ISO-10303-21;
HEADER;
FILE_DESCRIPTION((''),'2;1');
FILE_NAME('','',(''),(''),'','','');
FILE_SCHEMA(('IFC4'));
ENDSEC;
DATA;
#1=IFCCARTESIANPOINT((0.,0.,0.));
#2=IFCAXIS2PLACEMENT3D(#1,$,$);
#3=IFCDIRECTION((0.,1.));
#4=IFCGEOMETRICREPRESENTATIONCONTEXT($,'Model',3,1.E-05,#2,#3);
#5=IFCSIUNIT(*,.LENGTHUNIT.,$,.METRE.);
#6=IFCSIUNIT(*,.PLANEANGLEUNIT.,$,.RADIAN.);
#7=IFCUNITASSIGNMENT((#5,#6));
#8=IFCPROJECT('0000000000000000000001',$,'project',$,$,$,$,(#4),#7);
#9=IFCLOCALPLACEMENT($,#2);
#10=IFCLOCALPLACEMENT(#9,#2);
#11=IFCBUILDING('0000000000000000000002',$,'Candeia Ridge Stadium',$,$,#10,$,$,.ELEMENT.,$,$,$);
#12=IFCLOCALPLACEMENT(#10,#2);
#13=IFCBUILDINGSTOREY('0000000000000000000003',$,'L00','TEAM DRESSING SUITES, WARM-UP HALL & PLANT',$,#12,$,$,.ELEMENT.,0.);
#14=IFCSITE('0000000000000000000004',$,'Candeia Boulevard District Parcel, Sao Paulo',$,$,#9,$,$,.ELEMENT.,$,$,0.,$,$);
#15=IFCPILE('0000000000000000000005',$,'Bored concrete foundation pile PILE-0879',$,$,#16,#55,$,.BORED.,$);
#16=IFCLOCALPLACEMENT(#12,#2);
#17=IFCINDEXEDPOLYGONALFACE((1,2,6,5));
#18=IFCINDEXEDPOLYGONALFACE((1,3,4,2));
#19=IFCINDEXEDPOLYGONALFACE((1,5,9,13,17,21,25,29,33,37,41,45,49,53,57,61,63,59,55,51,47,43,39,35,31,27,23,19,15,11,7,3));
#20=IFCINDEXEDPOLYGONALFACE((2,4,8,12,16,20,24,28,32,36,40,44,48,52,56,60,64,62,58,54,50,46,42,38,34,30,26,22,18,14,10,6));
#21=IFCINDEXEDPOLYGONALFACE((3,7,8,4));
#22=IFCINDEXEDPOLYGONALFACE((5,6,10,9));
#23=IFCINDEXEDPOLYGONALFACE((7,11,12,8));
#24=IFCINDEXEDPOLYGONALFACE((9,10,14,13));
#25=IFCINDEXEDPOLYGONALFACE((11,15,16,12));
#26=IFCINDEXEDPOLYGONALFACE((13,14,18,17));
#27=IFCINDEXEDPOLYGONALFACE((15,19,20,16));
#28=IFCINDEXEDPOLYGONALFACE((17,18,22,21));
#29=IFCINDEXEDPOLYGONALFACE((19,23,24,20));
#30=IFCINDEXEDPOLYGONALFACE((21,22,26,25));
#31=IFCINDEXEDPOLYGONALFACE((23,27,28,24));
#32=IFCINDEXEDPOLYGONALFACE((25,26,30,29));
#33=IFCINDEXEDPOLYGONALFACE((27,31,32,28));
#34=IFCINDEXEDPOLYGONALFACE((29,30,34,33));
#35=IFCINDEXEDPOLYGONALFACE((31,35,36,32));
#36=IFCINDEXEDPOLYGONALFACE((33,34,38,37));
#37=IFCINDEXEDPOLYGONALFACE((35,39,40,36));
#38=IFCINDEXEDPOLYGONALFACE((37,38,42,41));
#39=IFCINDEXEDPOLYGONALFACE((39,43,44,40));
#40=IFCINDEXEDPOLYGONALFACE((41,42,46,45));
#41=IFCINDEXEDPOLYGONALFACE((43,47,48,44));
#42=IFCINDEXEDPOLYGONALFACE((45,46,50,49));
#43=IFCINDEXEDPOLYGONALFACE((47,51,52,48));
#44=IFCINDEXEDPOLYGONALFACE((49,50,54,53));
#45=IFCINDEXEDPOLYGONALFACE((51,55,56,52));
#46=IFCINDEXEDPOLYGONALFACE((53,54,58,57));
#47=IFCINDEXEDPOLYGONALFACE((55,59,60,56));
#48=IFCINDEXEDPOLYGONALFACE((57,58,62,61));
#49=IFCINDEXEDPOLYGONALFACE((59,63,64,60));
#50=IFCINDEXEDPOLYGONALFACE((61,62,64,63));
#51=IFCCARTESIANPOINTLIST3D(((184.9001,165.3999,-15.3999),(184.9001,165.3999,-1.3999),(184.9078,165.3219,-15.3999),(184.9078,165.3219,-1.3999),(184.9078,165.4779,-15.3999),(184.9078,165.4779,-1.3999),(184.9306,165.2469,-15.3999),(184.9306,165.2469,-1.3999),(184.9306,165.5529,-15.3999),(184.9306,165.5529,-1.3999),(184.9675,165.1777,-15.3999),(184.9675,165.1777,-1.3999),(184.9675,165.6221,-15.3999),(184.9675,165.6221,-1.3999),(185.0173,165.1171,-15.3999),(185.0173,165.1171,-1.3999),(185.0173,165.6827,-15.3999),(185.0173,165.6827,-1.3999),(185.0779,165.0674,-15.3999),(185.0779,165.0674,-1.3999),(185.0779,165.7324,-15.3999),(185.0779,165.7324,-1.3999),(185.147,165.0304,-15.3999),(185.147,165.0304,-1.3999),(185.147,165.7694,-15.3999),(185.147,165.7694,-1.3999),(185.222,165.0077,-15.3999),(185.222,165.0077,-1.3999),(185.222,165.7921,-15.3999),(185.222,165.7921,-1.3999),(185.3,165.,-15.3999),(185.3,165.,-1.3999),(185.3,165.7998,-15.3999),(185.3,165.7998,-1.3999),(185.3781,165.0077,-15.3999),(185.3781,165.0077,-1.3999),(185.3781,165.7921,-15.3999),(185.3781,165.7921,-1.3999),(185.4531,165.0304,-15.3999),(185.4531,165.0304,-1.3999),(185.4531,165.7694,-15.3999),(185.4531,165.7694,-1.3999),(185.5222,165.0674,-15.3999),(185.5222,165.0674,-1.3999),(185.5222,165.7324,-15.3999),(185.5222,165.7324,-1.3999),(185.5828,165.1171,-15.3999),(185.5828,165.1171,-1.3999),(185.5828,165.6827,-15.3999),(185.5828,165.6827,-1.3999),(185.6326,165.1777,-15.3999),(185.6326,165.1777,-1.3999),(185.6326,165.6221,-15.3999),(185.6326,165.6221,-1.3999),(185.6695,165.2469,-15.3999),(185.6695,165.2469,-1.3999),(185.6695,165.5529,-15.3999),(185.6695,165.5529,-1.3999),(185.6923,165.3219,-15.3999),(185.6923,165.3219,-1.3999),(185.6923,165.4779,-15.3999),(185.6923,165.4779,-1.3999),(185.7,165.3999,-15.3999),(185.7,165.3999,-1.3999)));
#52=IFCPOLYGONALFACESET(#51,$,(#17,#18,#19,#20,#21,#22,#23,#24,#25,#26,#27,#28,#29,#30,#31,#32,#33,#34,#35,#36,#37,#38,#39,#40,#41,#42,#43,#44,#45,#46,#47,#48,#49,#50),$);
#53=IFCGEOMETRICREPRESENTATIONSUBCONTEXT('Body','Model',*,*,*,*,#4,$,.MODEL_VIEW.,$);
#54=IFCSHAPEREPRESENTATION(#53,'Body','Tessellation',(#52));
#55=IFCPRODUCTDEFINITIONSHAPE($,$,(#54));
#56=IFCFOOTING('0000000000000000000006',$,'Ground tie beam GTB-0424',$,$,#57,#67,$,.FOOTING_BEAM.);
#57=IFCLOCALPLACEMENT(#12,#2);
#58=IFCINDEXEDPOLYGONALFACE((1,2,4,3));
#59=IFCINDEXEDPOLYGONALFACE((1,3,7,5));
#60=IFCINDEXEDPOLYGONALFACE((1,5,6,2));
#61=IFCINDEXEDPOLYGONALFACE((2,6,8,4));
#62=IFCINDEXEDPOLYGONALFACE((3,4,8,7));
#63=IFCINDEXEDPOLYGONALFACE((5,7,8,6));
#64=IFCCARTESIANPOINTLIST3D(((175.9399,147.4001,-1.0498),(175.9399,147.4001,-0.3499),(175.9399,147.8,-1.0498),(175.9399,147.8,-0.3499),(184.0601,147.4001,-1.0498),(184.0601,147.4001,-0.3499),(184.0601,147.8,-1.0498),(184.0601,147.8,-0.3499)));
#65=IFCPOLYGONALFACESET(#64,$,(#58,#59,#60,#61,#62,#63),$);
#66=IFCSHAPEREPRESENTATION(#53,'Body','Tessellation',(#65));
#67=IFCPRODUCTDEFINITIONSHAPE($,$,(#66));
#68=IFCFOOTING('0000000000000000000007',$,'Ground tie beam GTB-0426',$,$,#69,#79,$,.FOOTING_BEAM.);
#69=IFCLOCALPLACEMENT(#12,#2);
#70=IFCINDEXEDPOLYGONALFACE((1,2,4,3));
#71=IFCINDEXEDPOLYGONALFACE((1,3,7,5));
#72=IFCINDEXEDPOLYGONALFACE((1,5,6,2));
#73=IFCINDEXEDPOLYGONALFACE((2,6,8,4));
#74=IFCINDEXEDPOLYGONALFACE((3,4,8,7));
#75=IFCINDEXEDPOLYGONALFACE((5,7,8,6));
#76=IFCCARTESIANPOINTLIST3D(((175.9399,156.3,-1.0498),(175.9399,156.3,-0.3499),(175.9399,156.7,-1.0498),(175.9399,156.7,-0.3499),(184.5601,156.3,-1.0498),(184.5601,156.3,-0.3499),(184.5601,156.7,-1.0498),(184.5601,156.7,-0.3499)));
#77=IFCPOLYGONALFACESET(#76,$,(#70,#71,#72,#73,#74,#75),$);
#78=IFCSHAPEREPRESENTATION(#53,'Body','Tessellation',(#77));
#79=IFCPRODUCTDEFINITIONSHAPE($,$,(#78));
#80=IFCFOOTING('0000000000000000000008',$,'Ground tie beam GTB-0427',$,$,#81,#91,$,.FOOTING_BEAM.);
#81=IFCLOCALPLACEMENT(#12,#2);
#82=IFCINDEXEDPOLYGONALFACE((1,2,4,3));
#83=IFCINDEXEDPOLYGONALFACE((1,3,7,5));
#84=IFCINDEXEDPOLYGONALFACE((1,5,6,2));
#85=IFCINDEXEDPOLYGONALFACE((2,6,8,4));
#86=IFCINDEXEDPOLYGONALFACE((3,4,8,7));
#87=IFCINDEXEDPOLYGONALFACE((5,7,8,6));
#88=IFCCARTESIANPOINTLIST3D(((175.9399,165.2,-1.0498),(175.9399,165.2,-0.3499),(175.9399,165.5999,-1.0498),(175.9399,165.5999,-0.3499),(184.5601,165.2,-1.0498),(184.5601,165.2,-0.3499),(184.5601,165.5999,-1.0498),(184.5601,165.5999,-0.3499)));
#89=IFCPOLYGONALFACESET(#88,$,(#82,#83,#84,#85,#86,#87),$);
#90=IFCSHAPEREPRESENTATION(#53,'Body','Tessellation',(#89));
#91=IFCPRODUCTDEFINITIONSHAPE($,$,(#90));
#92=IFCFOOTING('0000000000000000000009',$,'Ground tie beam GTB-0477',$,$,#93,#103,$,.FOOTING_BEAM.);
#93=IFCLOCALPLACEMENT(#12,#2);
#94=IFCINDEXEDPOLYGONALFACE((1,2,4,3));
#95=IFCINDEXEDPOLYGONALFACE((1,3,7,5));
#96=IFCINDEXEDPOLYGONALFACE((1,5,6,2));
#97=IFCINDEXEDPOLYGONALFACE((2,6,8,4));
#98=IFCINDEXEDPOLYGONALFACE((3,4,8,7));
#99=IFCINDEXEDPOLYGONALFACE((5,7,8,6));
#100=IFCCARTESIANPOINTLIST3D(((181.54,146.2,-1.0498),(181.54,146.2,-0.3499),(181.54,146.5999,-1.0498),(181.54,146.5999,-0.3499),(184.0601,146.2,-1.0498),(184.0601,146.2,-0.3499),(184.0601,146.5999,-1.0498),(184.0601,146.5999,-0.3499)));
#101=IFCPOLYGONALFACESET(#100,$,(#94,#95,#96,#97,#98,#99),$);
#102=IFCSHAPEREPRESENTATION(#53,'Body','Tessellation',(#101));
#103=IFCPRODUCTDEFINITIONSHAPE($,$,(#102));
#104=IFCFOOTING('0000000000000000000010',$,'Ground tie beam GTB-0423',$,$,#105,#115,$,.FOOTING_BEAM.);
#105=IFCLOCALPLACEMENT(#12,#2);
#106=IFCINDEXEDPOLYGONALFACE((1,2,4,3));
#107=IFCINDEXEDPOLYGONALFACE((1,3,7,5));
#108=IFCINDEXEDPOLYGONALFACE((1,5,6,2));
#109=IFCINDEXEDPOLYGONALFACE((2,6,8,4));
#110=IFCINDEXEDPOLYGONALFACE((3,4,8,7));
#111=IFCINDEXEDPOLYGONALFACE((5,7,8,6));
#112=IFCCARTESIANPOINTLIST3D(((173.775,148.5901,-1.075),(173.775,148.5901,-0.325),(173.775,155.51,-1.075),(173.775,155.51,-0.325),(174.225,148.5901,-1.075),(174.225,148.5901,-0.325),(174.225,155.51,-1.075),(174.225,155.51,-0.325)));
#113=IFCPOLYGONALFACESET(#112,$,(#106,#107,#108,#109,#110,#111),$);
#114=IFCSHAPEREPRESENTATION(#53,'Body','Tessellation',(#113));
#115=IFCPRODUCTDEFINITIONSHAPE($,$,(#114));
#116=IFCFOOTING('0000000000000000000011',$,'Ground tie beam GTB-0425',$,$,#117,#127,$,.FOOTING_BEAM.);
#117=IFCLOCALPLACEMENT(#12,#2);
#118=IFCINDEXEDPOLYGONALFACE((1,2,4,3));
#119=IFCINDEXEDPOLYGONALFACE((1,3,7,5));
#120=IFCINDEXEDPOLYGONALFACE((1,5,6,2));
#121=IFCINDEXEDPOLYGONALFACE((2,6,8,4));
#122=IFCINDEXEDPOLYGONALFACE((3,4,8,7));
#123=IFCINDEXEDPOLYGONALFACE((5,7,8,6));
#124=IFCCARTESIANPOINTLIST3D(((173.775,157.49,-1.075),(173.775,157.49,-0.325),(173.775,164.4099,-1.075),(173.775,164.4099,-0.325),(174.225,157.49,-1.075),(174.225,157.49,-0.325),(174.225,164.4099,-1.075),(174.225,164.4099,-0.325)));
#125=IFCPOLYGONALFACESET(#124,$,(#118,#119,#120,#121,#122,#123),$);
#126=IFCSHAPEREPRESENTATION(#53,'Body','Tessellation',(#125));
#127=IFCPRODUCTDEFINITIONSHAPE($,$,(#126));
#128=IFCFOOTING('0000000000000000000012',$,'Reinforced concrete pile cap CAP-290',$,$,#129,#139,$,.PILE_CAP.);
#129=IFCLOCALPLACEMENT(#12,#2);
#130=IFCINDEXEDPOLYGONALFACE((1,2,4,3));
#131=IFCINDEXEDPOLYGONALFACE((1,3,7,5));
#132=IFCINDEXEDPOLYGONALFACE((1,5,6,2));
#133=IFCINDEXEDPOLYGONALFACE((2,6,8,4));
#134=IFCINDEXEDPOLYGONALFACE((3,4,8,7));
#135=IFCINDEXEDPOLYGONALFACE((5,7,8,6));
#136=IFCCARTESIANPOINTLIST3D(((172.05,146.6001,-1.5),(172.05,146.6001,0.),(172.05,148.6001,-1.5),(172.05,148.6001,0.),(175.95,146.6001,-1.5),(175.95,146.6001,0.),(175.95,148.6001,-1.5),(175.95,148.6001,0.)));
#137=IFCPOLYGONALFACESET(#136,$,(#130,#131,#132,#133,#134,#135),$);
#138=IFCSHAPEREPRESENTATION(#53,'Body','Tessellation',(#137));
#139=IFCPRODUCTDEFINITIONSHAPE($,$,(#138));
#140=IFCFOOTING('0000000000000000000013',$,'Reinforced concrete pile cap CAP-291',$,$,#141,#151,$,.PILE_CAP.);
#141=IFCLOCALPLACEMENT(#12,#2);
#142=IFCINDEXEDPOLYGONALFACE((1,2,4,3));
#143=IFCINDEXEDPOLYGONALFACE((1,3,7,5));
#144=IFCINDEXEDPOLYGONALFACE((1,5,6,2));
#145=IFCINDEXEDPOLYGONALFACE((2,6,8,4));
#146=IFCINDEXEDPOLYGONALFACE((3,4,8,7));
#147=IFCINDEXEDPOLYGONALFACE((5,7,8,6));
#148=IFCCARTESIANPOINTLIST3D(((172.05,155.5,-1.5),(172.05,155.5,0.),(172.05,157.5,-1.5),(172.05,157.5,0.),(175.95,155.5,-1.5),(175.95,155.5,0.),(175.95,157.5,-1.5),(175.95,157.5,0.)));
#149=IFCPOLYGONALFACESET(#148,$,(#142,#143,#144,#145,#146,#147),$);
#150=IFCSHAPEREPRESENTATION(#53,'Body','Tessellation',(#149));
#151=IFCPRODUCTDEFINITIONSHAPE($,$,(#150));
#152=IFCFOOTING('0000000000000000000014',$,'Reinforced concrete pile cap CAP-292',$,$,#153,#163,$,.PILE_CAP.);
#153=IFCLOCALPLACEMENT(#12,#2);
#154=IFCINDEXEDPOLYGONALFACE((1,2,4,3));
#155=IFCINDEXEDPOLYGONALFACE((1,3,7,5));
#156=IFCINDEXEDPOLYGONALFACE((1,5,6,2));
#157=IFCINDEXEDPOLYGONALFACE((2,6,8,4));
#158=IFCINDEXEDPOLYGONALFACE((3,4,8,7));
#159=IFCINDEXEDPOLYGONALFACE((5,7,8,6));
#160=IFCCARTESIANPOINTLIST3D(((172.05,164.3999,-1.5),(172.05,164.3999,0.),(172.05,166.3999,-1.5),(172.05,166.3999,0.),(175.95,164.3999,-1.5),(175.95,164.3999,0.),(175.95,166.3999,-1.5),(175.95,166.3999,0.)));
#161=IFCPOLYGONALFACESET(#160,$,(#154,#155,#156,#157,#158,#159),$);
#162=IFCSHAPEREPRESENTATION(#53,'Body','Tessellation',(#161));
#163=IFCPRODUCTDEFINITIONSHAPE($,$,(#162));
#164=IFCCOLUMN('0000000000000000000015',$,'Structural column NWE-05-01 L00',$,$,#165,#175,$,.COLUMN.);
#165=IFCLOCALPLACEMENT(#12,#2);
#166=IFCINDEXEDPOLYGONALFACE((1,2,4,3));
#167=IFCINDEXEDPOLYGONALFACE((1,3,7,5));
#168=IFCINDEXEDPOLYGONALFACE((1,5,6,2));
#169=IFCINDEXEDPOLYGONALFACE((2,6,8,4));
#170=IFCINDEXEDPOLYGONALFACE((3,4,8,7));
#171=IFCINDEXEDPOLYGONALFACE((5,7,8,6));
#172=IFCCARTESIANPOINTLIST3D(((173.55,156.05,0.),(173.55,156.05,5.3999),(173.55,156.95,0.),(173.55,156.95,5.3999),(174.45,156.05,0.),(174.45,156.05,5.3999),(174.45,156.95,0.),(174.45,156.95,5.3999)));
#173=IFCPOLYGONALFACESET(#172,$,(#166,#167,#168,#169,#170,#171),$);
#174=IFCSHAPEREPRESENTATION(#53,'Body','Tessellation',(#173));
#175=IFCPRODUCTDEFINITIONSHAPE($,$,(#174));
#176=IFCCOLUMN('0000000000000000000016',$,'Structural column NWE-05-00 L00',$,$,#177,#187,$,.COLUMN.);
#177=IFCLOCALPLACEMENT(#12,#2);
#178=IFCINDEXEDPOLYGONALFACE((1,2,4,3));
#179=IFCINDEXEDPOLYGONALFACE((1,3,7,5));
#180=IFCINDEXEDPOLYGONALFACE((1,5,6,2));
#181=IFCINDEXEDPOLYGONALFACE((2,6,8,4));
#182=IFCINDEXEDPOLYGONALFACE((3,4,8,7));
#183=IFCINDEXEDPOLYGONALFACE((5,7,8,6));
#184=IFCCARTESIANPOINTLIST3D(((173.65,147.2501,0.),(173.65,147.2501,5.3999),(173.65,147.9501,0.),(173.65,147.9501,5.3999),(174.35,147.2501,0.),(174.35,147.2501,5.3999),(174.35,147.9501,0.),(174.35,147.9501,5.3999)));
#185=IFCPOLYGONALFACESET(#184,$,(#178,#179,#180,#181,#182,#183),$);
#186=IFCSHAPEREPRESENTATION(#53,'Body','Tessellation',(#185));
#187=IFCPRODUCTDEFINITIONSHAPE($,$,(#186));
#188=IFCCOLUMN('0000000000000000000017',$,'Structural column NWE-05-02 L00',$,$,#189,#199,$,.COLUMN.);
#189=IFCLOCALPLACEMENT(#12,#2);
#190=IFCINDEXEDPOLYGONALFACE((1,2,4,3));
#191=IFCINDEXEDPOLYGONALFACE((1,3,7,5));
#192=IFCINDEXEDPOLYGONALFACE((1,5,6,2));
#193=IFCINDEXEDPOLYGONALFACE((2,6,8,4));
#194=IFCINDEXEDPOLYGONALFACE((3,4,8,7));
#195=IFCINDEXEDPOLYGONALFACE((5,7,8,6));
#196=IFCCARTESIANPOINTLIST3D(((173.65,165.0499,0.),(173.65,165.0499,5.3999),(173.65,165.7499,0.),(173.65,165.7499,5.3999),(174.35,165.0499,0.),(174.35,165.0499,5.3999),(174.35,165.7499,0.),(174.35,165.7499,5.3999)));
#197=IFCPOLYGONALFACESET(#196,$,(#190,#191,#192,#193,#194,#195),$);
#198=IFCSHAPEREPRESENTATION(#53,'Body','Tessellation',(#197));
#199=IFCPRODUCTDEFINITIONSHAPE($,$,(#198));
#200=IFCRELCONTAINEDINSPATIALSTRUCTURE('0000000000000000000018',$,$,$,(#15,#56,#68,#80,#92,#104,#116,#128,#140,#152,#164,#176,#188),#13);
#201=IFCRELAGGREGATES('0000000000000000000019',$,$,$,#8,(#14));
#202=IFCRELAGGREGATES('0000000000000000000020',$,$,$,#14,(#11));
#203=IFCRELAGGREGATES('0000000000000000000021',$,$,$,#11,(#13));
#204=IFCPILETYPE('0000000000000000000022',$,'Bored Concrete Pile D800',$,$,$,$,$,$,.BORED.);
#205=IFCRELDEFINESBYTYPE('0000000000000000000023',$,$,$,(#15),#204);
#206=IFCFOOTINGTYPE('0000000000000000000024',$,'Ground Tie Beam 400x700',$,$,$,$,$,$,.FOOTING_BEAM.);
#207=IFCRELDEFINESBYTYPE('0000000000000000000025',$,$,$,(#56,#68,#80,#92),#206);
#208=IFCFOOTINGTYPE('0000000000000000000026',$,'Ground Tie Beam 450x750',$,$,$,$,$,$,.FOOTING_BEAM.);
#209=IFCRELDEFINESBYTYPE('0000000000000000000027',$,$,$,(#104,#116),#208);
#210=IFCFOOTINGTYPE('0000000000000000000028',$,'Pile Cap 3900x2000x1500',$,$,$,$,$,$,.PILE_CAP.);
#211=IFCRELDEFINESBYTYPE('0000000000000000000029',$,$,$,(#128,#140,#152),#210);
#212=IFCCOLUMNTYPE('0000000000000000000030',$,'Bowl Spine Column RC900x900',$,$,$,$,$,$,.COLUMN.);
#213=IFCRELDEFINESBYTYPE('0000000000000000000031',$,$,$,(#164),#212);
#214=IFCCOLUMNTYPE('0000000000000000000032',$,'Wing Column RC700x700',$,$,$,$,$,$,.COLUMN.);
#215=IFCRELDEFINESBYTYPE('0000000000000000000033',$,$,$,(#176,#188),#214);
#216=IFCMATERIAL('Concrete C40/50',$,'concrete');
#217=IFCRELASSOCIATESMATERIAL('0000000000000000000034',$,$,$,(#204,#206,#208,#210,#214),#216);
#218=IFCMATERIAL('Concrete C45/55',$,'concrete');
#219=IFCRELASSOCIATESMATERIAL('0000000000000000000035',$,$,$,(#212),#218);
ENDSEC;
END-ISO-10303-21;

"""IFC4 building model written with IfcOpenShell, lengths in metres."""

from ifc_helpers import new_model, si_unit, direction, frame, origin, origin_2d, place, context, subcontext, project, spatial, rectangle, circle, extrude, material, material_profile, profile_set, type_object, element, save


model = new_model("IFC4")

# Units and contexts
model_context = context("Model", 3, precision=1e-05, world=origin(), true_north=direction((0.0, 1.0)))
body_context = subcontext(model_context, "Body", "Model", "MODEL_VIEW")
ifc_project = project(units=[si_unit("LENGTHUNIT", "METRE"), si_unit("PLANEANGLEUNIT", "RADIAN")], contexts=[model_context])

# Site, building, storey
site_placement = place(None, origin())
site = spatial("IfcSite", under=ifc_project, at=site_placement, Name="Candeia Boulevard District Parcel, Sao Paulo", CompositionType="ELEMENT", RefElevation=0.0)
building_placement = place(site_placement, origin())
building = spatial("IfcBuilding", under=site, at=building_placement, Name="Candeia Ridge Stadium", CompositionType="ELEMENT")
storey_placement = place(building_placement, origin())
storey = spatial("IfcBuildingStorey", under=building, at=storey_placement, Name="L00", Description="TEAM DRESSING SUITES, WARM-UP HALL & PLANT", CompositionType="ELEMENT", Elevation=0.0)

# Pile
ifc_material_1 = material(Name="Concrete C40/50", Category="concrete")
ifc_material_profile_1 = material_profile(ifc_material_1, circle(Radius=0.3999, at=origin_2d()), Name="PILE-D800", Category="concrete")
ifc_profile_set_1 = profile_set([ifc_material_profile_1], Name="Concrete C40/50")
pile_type = type_object("IfcPileType", Name="Bored Concrete Pile D800", PredefinedType="BORED", material=ifc_profile_set_1)
for number, where, z_axis, x_axis, name in (
    (1, (185.3, 165.3999, -1.3999), (0.0, 0.0, -1.0), (1.0, 0.0, 0.0), "Bored concrete foundation pile PILE-0879"),
):
    element("IfcPile", number, at=place(storey_placement, frame(where, z_axis=z_axis, x_axis=x_axis)), inside=storey, type_object=pile_type, Name=name, PredefinedType="BORED", context=body_context, shape_type="SweptSolid", body=[
        extrude(circle(Radius=0.3999, at=origin_2d()), origin(), (0.0, 0.0, 1.0), 14.0),
    ])

# Footings
footing_type_1 = type_object("IfcFootingType", Name="Ground Tie Beam 400x700", PredefinedType="FOOTING_BEAM", material=ifc_material_1)
footing_1_placement = place(storey_placement, frame((180.0, 147.6001, -1.0498), z_axis=(0.0, 0.0, 1.0), x_axis=(1.0, 0.0, 0.0)))
element("IfcFooting", 2, at=footing_1_placement, inside=storey, type_object=footing_type_1, Name="Ground tie beam GTB-0424", PredefinedType="FOOTING_BEAM", context=body_context, shape_type="SweptSolid", body=[
    extrude(rectangle(XDim=8.1201, YDim=0.3999, at=origin_2d()), origin(), (0.0, 0.0, 1.0), 0.7),
])
for number, where, z_axis, x_axis, name in (
    (3, (180.25, 156.5, -1.0498), (0.0, 0.0, 1.0), (1.0, 0.0, 0.0), "Ground tie beam GTB-0426"),
    (4, (180.25, 165.3999, -1.0498), (0.0, 0.0, 1.0), (1.0, 0.0, 0.0), "Ground tie beam GTB-0427"),
):
    element("IfcFooting", number, at=place(storey_placement, frame(where, z_axis=z_axis, x_axis=x_axis)), inside=storey, type_object=footing_type_1, Name=name, PredefinedType="FOOTING_BEAM", context=body_context, shape_type="SweptSolid", body=[
        extrude(rectangle(XDim=8.6201, YDim=0.3999, at=origin_2d()), origin(), (0.0, 0.0, 1.0), 0.7),
    ])
footing_2_placement = place(storey_placement, frame((182.8, 146.3999, -1.0498), z_axis=(0.0, 0.0, 1.0), x_axis=(1.0, 0.0, 0.0)))
element("IfcFooting", 5, at=footing_2_placement, inside=storey, type_object=footing_type_1, Name="Ground tie beam GTB-0477", PredefinedType="FOOTING_BEAM", context=body_context, shape_type="SweptSolid", body=[
    extrude(rectangle(XDim=2.52, YDim=0.3999, at=origin_2d()), origin(), (0.0, 0.0, 1.0), 0.7),
])
footing_type_2 = type_object("IfcFootingType", Name="Ground Tie Beam 450x750", PredefinedType="FOOTING_BEAM", material=ifc_material_1)
for number, where, z_axis, x_axis, name in (
    (6, (174.0, 152.05, -1.075), (0.0, 0.0, 1.0), (0.0, 1.0, 0.0), "Ground tie beam GTB-0423"),
    (7, (174.0, 160.95, -1.075), (0.0, 0.0, 1.0), (0.0, 1.0, 0.0), "Ground tie beam GTB-0425"),
):
    element("IfcFooting", number, at=place(storey_placement, frame(where, z_axis=z_axis, x_axis=x_axis)), inside=storey, type_object=footing_type_2, Name=name, PredefinedType="FOOTING_BEAM", context=body_context, shape_type="SweptSolid", body=[
        extrude(rectangle(XDim=6.9199, YDim=0.45, at=origin_2d()), origin(), (0.0, 0.0, 1.0), 0.75),
    ])
footing_type_3 = type_object("IfcFootingType", Name="Pile Cap 3900x2000x1500", PredefinedType="PILE_CAP", material=ifc_material_1)
for number, where, z_axis, x_axis, name in (
    (8, (174.0, 147.6001, -1.5), (0.0, 0.0, 1.0), (1.0, 0.0, 0.0), "Reinforced concrete pile cap CAP-290"),
    (9, (174.0, 156.5, -1.5), (0.0, 0.0, 1.0), (1.0, 0.0, 0.0), "Reinforced concrete pile cap CAP-291"),
    (10, (174.0, 165.3999, -1.5), (0.0, 0.0, 1.0), (1.0, 0.0, 0.0), "Reinforced concrete pile cap CAP-292"),
):
    element("IfcFooting", number, at=place(storey_placement, frame(where, z_axis=z_axis, x_axis=x_axis)), inside=storey, type_object=footing_type_3, Name=name, PredefinedType="PILE_CAP", context=body_context, shape_type="SweptSolid", body=[
        extrude(rectangle(XDim=3.8999, YDim=2.0, at=origin_2d()), origin(), (0.0, 0.0, 1.0), 1.5),
    ])

# Columns
ifc_material_2 = material(Name="Concrete C45/55", Category="concrete")
ifc_material_profile_2 = material_profile(ifc_material_2, rectangle(XDim=0.8999, YDim=0.8999, at=origin_2d()), Name="RC900x900", Category="concrete")
ifc_profile_set_2 = profile_set([ifc_material_profile_2], Name="Concrete C45/55")
column_type_1 = type_object("IfcColumnType", Name="Bowl Spine Column RC900x900", PredefinedType="COLUMN", material=ifc_profile_set_2)
column_placement = place(storey_placement, frame((174.0, 156.5, 0.0), z_axis=(0.0, 0.0, 1.0), x_axis=(1.0, 0.0, 0.0)))
element("IfcColumn", 11, at=column_placement, inside=storey, type_object=column_type_1, Name="Structural column NWE-05-01 L00", PredefinedType="COLUMN", context=body_context, shape_type="SweptSolid", body=[
    extrude(rectangle(XDim=0.8999, YDim=0.8999, at=origin_2d()), origin(), (0.0, 0.0, 1.0), 5.3999),
])
ifc_material_profile_3 = material_profile(ifc_material_1, rectangle(XDim=0.7, YDim=0.7, at=origin_2d()), Name="RC700x700", Category="concrete")
ifc_profile_set_3 = profile_set([ifc_material_profile_3], Name="Concrete C40/50")
column_type_2 = type_object("IfcColumnType", Name="Wing Column RC700x700", PredefinedType="COLUMN", material=ifc_profile_set_3)
for number, where, z_axis, x_axis, name in (
    (12, (174.0, 147.6001, 0.0), (0.0, 0.0, 1.0), (1.0, 0.0, 0.0), "Structural column NWE-05-00 L00"),
    (13, (174.0, 165.3999, 0.0), (0.0, 0.0, 1.0), (1.0, 0.0, 0.0), "Structural column NWE-05-02 L00"),
):
    element("IfcColumn", number, at=place(storey_placement, frame(where, z_axis=z_axis, x_axis=x_axis)), inside=storey, type_object=column_type_2, Name=name, PredefinedType="COLUMN", context=body_context, shape_type="SweptSolid", body=[
        extrude(rectangle(XDim=0.7, YDim=0.7, at=origin_2d()), origin(), (0.0, 0.0, 1.0), 5.3999),
    ])

save(model, "model.ifc")
